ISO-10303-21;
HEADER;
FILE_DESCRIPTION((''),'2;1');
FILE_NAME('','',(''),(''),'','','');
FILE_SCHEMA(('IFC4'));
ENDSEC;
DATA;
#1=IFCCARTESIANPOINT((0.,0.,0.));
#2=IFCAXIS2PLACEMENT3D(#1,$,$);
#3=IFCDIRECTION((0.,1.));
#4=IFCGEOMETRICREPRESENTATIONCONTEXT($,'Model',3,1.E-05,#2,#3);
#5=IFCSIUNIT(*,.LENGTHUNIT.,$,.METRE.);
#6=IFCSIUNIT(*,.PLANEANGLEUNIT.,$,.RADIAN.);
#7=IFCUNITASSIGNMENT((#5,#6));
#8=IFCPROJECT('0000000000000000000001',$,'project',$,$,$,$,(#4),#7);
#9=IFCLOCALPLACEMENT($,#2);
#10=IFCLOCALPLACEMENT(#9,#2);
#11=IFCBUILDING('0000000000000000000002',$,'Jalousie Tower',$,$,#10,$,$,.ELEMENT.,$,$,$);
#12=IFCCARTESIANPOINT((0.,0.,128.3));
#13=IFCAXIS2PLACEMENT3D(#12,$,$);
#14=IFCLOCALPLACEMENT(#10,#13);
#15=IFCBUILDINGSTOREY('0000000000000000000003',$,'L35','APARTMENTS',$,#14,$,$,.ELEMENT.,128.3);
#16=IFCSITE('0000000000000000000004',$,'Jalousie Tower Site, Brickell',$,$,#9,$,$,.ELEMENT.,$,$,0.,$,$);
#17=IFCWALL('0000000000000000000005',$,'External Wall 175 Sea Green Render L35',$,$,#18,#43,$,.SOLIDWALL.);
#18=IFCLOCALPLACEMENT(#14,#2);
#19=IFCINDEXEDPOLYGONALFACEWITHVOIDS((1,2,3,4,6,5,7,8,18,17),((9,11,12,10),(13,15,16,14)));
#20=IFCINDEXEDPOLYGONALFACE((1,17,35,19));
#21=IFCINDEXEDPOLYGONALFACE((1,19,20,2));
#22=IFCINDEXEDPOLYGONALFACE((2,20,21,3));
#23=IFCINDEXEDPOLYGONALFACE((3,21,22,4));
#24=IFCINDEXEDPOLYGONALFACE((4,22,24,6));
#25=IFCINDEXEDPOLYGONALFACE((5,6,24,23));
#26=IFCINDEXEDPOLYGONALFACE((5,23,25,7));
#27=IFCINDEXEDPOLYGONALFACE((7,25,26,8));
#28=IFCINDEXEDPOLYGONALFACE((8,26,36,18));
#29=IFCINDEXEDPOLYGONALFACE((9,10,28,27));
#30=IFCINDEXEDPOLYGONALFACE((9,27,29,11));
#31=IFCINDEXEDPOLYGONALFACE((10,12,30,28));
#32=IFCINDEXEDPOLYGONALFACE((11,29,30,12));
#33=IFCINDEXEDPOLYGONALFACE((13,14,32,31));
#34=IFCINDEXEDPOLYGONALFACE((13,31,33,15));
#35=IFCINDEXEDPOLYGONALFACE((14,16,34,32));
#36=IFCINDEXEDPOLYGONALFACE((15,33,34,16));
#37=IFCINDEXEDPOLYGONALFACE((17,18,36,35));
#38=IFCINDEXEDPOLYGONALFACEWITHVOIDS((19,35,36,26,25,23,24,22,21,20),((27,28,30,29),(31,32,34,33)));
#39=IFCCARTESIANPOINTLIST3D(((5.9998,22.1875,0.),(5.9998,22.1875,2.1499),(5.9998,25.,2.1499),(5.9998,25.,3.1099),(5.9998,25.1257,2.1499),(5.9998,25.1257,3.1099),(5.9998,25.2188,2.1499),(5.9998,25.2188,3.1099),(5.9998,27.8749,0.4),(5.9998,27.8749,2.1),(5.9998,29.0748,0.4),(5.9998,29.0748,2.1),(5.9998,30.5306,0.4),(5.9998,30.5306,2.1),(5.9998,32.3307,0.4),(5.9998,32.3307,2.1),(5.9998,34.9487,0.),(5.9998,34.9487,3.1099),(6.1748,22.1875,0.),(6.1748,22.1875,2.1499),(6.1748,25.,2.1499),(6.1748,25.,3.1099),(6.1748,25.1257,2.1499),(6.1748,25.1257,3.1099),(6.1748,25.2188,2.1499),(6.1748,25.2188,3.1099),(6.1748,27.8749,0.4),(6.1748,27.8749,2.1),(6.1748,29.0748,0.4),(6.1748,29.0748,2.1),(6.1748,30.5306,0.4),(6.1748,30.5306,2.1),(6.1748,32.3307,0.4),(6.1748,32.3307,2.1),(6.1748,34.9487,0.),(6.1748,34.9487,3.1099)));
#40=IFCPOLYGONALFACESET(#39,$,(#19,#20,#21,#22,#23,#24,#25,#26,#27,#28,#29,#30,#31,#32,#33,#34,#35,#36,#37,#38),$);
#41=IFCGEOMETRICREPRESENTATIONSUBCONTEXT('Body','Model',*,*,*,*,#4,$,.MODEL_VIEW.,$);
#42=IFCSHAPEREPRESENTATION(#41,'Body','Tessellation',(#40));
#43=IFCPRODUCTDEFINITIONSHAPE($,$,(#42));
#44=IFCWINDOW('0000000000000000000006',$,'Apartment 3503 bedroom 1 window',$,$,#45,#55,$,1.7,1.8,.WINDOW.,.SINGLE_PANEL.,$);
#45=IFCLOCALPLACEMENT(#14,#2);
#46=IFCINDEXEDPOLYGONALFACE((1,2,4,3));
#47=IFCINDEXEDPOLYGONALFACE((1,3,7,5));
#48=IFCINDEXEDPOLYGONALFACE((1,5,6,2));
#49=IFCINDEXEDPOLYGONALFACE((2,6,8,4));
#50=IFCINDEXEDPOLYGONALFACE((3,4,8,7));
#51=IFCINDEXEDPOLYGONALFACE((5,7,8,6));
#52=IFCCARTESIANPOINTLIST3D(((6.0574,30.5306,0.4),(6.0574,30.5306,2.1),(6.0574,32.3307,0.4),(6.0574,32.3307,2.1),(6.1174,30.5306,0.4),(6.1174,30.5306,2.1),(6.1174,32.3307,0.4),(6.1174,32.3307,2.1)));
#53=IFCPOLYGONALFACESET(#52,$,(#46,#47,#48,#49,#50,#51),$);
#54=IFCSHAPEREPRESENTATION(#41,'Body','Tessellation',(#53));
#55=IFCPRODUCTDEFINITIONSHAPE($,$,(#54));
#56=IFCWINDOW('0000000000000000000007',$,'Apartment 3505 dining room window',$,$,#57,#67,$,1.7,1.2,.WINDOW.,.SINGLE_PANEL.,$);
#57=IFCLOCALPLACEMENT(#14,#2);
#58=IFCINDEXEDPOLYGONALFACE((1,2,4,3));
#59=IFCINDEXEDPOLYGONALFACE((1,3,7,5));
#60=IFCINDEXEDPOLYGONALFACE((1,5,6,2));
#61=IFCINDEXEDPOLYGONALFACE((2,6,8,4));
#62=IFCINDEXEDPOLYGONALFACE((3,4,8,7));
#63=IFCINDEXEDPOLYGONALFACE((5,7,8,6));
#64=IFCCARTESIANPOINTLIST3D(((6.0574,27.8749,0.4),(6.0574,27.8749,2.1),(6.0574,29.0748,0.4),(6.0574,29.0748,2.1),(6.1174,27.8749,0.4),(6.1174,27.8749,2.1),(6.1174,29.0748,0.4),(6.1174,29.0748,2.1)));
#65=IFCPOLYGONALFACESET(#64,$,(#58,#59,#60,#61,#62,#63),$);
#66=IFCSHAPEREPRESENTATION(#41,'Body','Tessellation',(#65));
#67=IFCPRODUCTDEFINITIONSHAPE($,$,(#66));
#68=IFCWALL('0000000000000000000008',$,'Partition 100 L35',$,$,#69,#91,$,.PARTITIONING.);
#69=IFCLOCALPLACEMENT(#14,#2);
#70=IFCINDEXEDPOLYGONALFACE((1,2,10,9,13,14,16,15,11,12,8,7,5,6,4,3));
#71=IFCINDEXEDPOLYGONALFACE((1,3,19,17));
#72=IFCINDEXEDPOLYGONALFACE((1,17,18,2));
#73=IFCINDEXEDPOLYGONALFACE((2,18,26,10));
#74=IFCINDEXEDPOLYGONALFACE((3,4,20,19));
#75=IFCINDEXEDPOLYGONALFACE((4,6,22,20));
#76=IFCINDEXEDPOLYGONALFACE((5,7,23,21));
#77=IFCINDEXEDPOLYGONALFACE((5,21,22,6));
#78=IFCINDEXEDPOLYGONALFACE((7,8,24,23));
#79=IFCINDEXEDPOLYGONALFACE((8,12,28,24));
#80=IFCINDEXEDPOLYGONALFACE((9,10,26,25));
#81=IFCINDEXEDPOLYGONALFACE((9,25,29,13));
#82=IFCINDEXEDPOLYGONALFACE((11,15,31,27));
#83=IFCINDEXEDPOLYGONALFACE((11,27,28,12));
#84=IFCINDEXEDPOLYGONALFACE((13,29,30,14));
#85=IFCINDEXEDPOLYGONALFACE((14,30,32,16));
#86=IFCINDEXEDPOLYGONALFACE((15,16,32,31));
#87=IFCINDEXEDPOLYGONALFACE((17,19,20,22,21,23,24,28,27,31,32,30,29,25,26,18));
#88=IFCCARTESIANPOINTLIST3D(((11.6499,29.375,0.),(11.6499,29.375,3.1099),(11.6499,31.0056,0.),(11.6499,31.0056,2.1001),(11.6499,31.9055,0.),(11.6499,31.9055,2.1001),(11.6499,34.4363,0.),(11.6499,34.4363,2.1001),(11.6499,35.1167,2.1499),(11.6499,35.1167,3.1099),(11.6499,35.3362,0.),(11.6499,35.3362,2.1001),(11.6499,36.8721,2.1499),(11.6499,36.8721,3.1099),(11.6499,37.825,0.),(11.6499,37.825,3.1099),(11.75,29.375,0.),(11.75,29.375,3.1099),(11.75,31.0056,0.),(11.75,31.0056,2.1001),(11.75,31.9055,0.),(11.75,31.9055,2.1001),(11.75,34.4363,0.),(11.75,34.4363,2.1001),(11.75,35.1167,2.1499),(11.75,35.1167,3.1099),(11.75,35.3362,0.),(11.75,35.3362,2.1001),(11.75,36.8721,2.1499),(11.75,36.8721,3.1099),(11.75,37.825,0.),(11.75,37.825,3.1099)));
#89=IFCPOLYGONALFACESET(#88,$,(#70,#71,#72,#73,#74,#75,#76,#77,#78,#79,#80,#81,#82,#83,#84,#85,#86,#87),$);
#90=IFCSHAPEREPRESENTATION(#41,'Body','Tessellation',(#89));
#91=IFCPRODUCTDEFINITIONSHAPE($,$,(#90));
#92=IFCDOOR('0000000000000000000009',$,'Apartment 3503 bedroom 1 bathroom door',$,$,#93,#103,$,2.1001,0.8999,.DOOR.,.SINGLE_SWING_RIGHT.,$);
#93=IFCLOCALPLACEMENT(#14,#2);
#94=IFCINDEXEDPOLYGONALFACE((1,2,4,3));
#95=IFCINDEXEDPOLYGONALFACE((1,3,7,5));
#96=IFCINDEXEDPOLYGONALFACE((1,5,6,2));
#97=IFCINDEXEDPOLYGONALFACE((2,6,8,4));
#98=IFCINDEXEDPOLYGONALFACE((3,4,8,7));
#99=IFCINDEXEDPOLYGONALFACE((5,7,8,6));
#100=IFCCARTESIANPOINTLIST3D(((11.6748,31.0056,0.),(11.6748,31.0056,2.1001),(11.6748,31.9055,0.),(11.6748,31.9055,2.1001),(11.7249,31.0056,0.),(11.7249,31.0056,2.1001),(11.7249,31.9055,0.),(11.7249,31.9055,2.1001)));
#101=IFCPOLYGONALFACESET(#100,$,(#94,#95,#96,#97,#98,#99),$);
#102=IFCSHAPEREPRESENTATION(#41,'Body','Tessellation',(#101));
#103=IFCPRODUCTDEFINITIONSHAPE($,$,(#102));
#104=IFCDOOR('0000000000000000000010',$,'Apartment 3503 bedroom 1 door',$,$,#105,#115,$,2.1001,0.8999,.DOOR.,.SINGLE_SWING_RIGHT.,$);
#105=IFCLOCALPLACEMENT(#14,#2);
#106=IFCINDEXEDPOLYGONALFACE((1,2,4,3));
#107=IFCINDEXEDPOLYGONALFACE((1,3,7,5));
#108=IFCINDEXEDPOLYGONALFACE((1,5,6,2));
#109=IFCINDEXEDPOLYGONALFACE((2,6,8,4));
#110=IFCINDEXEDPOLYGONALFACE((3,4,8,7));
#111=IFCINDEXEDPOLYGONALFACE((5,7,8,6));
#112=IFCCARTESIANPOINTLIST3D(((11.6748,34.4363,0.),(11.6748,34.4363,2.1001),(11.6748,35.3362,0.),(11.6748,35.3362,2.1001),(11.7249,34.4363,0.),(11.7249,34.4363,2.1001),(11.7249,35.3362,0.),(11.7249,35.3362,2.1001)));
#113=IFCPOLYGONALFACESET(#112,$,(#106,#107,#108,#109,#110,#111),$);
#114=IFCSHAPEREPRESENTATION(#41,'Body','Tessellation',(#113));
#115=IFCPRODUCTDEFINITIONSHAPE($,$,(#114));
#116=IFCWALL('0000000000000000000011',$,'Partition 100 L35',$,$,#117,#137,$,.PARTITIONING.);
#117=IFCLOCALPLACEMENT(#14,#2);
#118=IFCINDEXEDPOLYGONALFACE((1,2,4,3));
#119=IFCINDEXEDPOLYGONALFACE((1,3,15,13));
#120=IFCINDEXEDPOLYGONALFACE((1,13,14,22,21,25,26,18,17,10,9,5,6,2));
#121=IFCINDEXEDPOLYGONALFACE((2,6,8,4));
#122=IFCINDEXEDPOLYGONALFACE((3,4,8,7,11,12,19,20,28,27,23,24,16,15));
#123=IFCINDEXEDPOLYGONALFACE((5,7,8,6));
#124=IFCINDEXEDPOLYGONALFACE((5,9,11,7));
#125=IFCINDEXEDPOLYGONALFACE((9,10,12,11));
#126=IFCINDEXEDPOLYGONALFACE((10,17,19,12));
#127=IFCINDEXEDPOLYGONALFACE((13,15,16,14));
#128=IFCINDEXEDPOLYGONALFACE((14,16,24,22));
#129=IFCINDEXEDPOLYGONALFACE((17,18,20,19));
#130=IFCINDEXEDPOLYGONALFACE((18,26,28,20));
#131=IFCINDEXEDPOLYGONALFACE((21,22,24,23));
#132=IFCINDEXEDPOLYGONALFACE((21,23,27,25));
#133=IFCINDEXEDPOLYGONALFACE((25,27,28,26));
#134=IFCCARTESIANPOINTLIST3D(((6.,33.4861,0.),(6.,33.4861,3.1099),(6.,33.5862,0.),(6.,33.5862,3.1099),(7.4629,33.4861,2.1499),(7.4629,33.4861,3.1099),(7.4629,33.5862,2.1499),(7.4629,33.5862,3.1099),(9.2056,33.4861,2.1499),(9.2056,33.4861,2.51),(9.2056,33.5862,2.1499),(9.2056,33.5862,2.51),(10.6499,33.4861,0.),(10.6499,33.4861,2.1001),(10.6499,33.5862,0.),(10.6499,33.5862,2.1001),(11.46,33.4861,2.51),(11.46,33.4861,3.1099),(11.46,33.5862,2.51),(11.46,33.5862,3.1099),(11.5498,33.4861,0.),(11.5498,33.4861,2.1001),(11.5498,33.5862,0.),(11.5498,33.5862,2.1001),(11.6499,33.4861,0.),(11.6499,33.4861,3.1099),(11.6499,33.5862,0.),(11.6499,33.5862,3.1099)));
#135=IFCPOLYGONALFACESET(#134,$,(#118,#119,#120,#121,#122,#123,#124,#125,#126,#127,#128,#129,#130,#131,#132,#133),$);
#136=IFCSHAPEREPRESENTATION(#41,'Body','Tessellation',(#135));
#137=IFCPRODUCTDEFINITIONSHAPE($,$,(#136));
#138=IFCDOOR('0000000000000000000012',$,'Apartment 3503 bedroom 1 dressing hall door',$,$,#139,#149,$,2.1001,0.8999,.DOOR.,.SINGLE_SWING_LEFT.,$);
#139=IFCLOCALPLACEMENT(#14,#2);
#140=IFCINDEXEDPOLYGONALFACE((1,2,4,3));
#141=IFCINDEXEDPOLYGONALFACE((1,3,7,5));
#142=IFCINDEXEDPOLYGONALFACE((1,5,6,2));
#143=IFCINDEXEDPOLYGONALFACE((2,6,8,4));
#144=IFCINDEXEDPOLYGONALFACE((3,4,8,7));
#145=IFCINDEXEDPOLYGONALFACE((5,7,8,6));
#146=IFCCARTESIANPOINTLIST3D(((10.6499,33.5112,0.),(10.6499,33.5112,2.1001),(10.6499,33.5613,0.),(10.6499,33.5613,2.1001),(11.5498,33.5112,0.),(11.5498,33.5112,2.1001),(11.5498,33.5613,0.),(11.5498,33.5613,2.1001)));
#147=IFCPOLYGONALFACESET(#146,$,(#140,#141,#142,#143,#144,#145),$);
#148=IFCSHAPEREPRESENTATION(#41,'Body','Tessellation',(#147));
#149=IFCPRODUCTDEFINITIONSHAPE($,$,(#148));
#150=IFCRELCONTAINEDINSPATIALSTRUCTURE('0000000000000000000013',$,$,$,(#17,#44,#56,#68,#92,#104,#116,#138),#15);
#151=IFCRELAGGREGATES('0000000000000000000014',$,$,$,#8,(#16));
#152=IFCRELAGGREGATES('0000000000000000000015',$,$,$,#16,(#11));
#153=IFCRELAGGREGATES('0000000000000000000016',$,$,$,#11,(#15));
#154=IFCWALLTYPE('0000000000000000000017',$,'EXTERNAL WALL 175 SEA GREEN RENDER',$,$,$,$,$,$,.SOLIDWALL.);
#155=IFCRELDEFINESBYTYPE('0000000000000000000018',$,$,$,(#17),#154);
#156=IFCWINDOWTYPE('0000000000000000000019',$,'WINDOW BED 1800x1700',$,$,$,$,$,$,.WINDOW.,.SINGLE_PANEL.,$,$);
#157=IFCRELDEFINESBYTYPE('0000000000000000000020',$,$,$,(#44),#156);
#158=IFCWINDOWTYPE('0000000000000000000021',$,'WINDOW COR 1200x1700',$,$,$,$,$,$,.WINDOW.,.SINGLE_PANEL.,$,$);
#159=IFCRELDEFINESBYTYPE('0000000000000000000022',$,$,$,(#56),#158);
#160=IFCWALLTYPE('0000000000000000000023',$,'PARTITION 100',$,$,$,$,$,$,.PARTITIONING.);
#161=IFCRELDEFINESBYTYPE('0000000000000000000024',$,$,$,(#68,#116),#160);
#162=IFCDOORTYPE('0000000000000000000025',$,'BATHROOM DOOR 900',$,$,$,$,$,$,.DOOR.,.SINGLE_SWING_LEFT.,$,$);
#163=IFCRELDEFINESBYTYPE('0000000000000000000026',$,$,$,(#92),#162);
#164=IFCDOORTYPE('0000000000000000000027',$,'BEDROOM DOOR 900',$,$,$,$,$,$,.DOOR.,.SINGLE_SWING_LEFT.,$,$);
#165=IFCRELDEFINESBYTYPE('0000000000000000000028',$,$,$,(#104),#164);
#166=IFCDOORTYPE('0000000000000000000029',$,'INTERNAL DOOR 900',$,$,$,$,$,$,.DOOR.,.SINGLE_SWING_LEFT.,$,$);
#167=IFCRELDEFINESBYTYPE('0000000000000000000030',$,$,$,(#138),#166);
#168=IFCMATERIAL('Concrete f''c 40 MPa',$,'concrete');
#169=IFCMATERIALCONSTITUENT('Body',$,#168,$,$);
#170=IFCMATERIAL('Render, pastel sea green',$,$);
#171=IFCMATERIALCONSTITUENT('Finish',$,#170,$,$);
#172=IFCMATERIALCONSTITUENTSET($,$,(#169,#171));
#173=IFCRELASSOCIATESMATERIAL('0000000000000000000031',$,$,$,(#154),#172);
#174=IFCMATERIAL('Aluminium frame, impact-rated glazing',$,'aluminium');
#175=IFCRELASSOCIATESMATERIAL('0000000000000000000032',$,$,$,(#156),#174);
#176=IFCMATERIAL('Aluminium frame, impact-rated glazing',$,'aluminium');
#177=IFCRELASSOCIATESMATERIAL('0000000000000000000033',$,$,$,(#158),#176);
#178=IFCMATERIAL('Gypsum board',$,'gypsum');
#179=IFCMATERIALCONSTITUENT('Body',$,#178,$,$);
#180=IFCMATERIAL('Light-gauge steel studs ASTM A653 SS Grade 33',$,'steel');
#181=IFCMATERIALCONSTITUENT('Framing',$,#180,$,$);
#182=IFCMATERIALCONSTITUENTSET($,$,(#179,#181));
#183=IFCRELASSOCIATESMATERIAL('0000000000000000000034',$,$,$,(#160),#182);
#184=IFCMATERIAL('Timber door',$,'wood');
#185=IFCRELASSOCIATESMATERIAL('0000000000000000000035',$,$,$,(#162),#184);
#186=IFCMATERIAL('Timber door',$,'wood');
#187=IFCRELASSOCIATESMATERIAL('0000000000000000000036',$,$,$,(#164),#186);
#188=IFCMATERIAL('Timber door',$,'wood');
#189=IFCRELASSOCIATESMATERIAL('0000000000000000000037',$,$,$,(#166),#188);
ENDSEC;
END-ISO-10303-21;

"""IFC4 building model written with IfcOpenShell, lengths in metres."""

from ifc_helpers import new_model, si_unit, direction, frame, frame_2d, origin, place, context, subcontext, project, spatial, polyline, rectangle, outline, extrude, material, constituent, constituent_set, type_object, element, fill, save


model = new_model("IFC4")

# Units and contexts
model_context = context("Model", 3, precision=1e-05, world=origin(), true_north=direction((0.0, 1.0)))
body_context = subcontext(model_context, "Body", "Model", "MODEL_VIEW")
ifc_project = project(units=[si_unit("LENGTHUNIT", "METRE"), si_unit("PLANEANGLEUNIT", "RADIAN")], contexts=[model_context])

# Site, building, storey
site_placement = place(None, origin())
site = spatial("IfcSite", under=ifc_project, at=site_placement, Name="Jalousie Tower Site, Brickell", CompositionType="ELEMENT", RefElevation=0.0)
building_placement = place(site_placement, origin())
building = spatial("IfcBuilding", under=site, at=building_placement, Name="Jalousie Tower", CompositionType="ELEMENT")
storey_placement = place(building_placement, frame((0.0, 0.0, 128.3)))
storey = spatial("IfcBuildingStorey", under=building, at=storey_placement, Name="L35", Description="APARTMENTS", CompositionType="ELEMENT", Elevation=128.3)

# Wall, openings, windows
ifc_material_1 = material(Name="Concrete f'c 40 MPa", Category="concrete")
ifc_constituent_1 = constituent(ifc_material_1, Name="Body")
ifc_material_2 = material(Name="Render, pastel sea green")
ifc_constituent_2 = constituent(ifc_material_2, Name="Finish")
ifc_constituent_set_1 = constituent_set(constituents=[ifc_constituent_1, ifc_constituent_2])
wall_type_1 = type_object("IfcWallType", Name="EXTERNAL WALL 175 SEA GREEN RENDER", PredefinedType="SOLIDWALL", material=ifc_constituent_set_1)
wall_1_placement = place(storey_placement, frame((6.0874, 34.9487, 0.0), z_axis=(0.0, 0.0, 1.0), x_axis=(0.0, -1.0, 0.0)))
wall_1 = element("IfcWall", 1, at=wall_1_placement, inside=storey, type_object=wall_type_1, Name="External Wall 175 Sea Green Render L35", PredefinedType="SOLIDWALL", context=body_context, shape_type="SweptSolid", body=[
    extrude(outline(polyline([(0.0, 0.0), (12.7612, 0.0), (12.7612, 2.1499), (9.9487, 2.1499), (9.9487, 3.1099), (9.823, 3.1099), (9.823, 2.1499), (9.73, 2.1499), (9.73, 3.1099), (0.0, 3.1099), (0.0, 0.0)])), frame((0.0, 0.0874, 0.0), z_axis=(0.0, -1.0, 0.0), x_axis=(1.0, 0.0, 0.0)), (0.0, 0.0, 1.0), 0.175),
])
opening_1_placement = place(wall_1_placement, frame((2.6182, 0.0, 0.3999)))
opening_1 = element("IfcOpeningElement", 2, at=opening_1_placement, cuts=wall_1, PredefinedType="OPENING", context=body_context, shape_type="SweptSolid", body=[
    extrude(rectangle(XDim=1.8, YDim=1.7, at=frame_2d((0.8999, 0.8501))), frame((0.0, 0.0974, 0.0), z_axis=(0.0, -1.0, 0.0), x_axis=(1.0, 0.0, 0.0)), (0.0, 0.0, 1.0), 0.1951),
])
opening_2_placement = place(wall_1_placement, frame((5.8738, 0.0, 0.3999)))
opening_2 = element("IfcOpeningElement", 3, at=opening_2_placement, cuts=wall_1, PredefinedType="OPENING", context=body_context, shape_type="SweptSolid", body=[
    extrude(rectangle(XDim=1.2, YDim=1.7, at=frame_2d((0.6001, 0.8501))), frame((0.0, 0.0974, 0.0), z_axis=(0.0, -1.0, 0.0), x_axis=(1.0, 0.0, 0.0)), (0.0, 0.0, 1.0), 0.1951),
])
ifc_material_3 = material(Name="Aluminium frame, impact-rated glazing", Category="aluminium")
window_type_1 = type_object("IfcWindowType", Name="WINDOW BED 1800x1700", PartitioningType="SINGLE_PANEL", PredefinedType="WINDOW", material=ifc_material_3)
window_1_placement = place(opening_1_placement, origin())
window_1 = element("IfcWindow", 4, at=window_1_placement, inside=storey, type_object=window_type_1, Name="Apartment 3503 bedroom 1 window", OverallHeight=1.7, OverallWidth=1.8, PartitioningType="SINGLE_PANEL", PredefinedType="WINDOW", context=body_context, shape_type="SweptSolid", body=[
    extrude(rectangle(XDim=1.8, YDim=1.7, at=frame_2d((0.8999, 0.8501))), frame((0.0, 0.03, 0.0), z_axis=(0.0, -1.0, 0.0), x_axis=(1.0, 0.0, 0.0)), (0.0, 0.0, 1.0), 0.0601),
])
fill(opening_1, window_1)
ifc_material_4 = material(Name="Aluminium frame, impact-rated glazing", Category="aluminium")
window_type_2 = type_object("IfcWindowType", Name="WINDOW COR 1200x1700", PartitioningType="SINGLE_PANEL", PredefinedType="WINDOW", material=ifc_material_4)
window_2_placement = place(opening_2_placement, origin())
window_2 = element("IfcWindow", 5, at=window_2_placement, inside=storey, type_object=window_type_2, Name="Apartment 3505 dining room window", OverallHeight=1.7, OverallWidth=1.2, PartitioningType="SINGLE_PANEL", PredefinedType="WINDOW", context=body_context, shape_type="SweptSolid", body=[
    extrude(rectangle(XDim=1.2, YDim=1.7, at=frame_2d((0.6001, 0.8501))), frame((0.0, 0.03, 0.0), z_axis=(0.0, -1.0, 0.0), x_axis=(1.0, 0.0, 0.0)), (0.0, 0.0, 1.0), 0.0601),
])
fill(opening_2, window_2)

# Wall, openings, doors
ifc_material_5 = material(Name="Gypsum board", Category="gypsum")
ifc_constituent_3 = constituent(ifc_material_5, Name="Body")
ifc_material_6 = material(Name="Light-gauge steel studs ASTM A653 SS Grade 33", Category="steel")
ifc_constituent_4 = constituent(ifc_material_6, Name="Framing")
ifc_constituent_set_2 = constituent_set(constituents=[ifc_constituent_3, ifc_constituent_4])
wall_type_2 = type_object("IfcWallType", Name="PARTITION 100", PredefinedType="PARTITIONING", material=ifc_constituent_set_2)
wall_2_placement = place(storey_placement, frame((11.7, 37.825, 0.0), z_axis=(0.0, 0.0, 1.0), x_axis=(0.0, -1.0, 0.0)))
wall_2 = element("IfcWall", 6, at=wall_2_placement, inside=storey, type_object=wall_type_2, Name="Partition 100 L35", PredefinedType="PARTITIONING", context=body_context, shape_type="SweptSolid", body=[
    extrude(outline(polyline([(0.0, 0.0), (8.45, 0.0), (8.45, 3.1099), (2.7083, 3.1099), (2.7083, 2.1499), (0.9529, 2.1499), (0.9529, 3.1099), (0.0, 3.1099), (0.0, 0.0)])), frame((0.0, 0.05, 0.0), z_axis=(0.0, -1.0, 0.0), x_axis=(1.0, 0.0, 0.0)), (0.0, 0.0, 1.0), 0.1001),
])
opening_3_placement = place(wall_2_placement, frame((2.4888, 0.0, 0.0)))
opening_3 = element("IfcOpeningElement", 7, at=opening_3_placement, cuts=wall_2, PredefinedType="OPENING", context=body_context, shape_type="SweptSolid", body=[
    extrude(rectangle(XDim=0.8999, YDim=2.1001, at=frame_2d((0.45, 1.05))), frame((0.0, 0.0601, 0.0), z_axis=(0.0, -1.0, 0.0), x_axis=(1.0, 0.0, 0.0)), (0.0, 0.0, 1.0), 0.1201),
])
opening_4_placement = place(wall_2_placement, frame((5.9194, 0.0, 0.0)))
opening_4 = element("IfcOpeningElement", 8, at=opening_4_placement, cuts=wall_2, PredefinedType="OPENING", context=body_context, shape_type="SweptSolid", body=[
    extrude(rectangle(XDim=0.8999, YDim=2.1001, at=frame_2d((0.45, 1.05))), frame((0.0, 0.0601, 0.0), z_axis=(0.0, -1.0, 0.0), x_axis=(1.0, 0.0, 0.0)), (0.0, 0.0, 1.0), 0.1201),
])
ifc_material_7 = material(Name="Timber door", Category="wood")
door_type_1 = type_object("IfcDoorType", Name="BATHROOM DOOR 900", OperationType="SINGLE_SWING_LEFT", PredefinedType="DOOR", material=ifc_material_7)
door_1_placement = place(opening_4_placement, origin())
door_1 = element("IfcDoor", 9, at=door_1_placement, inside=storey, type_object=door_type_1, Name="Apartment 3503 bedroom 1 bathroom door", OperationType="SINGLE_SWING_RIGHT", OverallHeight=2.1001, OverallWidth=0.8999, PredefinedType="DOOR", context=body_context, shape_type="SweptSolid", body=[
    extrude(rectangle(XDim=0.8999, YDim=2.1001, at=frame_2d((0.45, 1.05))), frame((0.0, 0.0249, 0.0), z_axis=(0.0, -1.0, 0.0), x_axis=(1.0, 0.0, 0.0)), (0.0, 0.0, 1.0), 0.05),
])
fill(opening_4, door_1)
ifc_material_8 = material(Name="Timber door", Category="wood")
door_type_2 = type_object("IfcDoorType", Name="BEDROOM DOOR 900", OperationType="SINGLE_SWING_LEFT", PredefinedType="DOOR", material=ifc_material_8)
door_2_placement = place(opening_3_placement, origin())
door_2 = element("IfcDoor", 10, at=door_2_placement, inside=storey, type_object=door_type_2, Name="Apartment 3503 bedroom 1 door", OperationType="SINGLE_SWING_RIGHT", OverallHeight=2.1001, OverallWidth=0.8999, PredefinedType="DOOR", context=body_context, shape_type="SweptSolid", body=[
    extrude(rectangle(XDim=0.8999, YDim=2.1001, at=frame_2d((0.45, 1.05))), frame((0.0, 0.0249, 0.0), z_axis=(0.0, -1.0, 0.0), x_axis=(1.0, 0.0, 0.0)), (0.0, 0.0, 1.0), 0.05),
])
fill(opening_3, door_2)

# Wall, opening, door
wall_3_placement = place(storey_placement, frame((6.0, 33.5361, 0.0), z_axis=(0.0, 0.0, 1.0), x_axis=(1.0, 0.0, 0.0)))
wall_3 = element("IfcWall", 11, at=wall_3_placement, inside=storey, type_object=wall_type_2, Name="Partition 100 L35", PredefinedType="PARTITIONING", context=body_context, shape_type="SweptSolid", body=[
    extrude(outline(polyline([(0.0, 0.0), (5.6499, 0.0), (5.6499, 3.1099), (5.46, 3.1099), (5.46, 2.51), (3.2056, 2.51), (3.2056, 2.1499), (1.4629, 2.1499), (1.4629, 3.1099), (0.0, 3.1099), (0.0, 0.0)])), frame((0.0, 0.05, 0.0), z_axis=(0.0, -1.0, 0.0), x_axis=(1.0, 0.0, 0.0)), (0.0, 0.0, 1.0), 0.1001),
])
opening_5_placement = place(wall_3_placement, frame((4.6499, 0.0, 0.0)))
opening_5 = element("IfcOpeningElement", 12, at=opening_5_placement, cuts=wall_3, PredefinedType="OPENING", context=body_context, shape_type="SweptSolid", body=[
    extrude(rectangle(XDim=0.8999, YDim=2.1001, at=frame_2d((0.45, 1.05))), frame((0.0, 0.0601, 0.0), z_axis=(0.0, -1.0, 0.0), x_axis=(1.0, 0.0, 0.0)), (0.0, 0.0, 1.0), 0.1201),
])
ifc_material_9 = material(Name="Timber door", Category="wood")
door_type_3 = type_object("IfcDoorType", Name="INTERNAL DOOR 900", OperationType="SINGLE_SWING_LEFT", PredefinedType="DOOR", material=ifc_material_9)
door_3_placement = place(opening_5_placement, frame((0.8999, 0.0, 0.0), z_axis=(0.0, 0.0, 1.0), x_axis=(-1.0, 0.0, 0.0)))
door_3 = element("IfcDoor", 13, at=door_3_placement, inside=storey, type_object=door_type_3, Name="Apartment 3503 bedroom 1 dressing hall door", OperationType="SINGLE_SWING_LEFT", OverallHeight=2.1001, OverallWidth=0.8999, PredefinedType="DOOR", context=body_context, shape_type="SweptSolid", body=[
    extrude(rectangle(XDim=0.8999, YDim=2.1001, at=frame_2d((0.45, 1.05))), frame((0.0, 0.0249, 0.0), z_axis=(0.0, -1.0, 0.0), x_axis=(1.0, 0.0, 0.0)), (0.0, 0.0, 1.0), 0.05),
])
fill(opening_5, door_3)

save(model, "model.ifc")
